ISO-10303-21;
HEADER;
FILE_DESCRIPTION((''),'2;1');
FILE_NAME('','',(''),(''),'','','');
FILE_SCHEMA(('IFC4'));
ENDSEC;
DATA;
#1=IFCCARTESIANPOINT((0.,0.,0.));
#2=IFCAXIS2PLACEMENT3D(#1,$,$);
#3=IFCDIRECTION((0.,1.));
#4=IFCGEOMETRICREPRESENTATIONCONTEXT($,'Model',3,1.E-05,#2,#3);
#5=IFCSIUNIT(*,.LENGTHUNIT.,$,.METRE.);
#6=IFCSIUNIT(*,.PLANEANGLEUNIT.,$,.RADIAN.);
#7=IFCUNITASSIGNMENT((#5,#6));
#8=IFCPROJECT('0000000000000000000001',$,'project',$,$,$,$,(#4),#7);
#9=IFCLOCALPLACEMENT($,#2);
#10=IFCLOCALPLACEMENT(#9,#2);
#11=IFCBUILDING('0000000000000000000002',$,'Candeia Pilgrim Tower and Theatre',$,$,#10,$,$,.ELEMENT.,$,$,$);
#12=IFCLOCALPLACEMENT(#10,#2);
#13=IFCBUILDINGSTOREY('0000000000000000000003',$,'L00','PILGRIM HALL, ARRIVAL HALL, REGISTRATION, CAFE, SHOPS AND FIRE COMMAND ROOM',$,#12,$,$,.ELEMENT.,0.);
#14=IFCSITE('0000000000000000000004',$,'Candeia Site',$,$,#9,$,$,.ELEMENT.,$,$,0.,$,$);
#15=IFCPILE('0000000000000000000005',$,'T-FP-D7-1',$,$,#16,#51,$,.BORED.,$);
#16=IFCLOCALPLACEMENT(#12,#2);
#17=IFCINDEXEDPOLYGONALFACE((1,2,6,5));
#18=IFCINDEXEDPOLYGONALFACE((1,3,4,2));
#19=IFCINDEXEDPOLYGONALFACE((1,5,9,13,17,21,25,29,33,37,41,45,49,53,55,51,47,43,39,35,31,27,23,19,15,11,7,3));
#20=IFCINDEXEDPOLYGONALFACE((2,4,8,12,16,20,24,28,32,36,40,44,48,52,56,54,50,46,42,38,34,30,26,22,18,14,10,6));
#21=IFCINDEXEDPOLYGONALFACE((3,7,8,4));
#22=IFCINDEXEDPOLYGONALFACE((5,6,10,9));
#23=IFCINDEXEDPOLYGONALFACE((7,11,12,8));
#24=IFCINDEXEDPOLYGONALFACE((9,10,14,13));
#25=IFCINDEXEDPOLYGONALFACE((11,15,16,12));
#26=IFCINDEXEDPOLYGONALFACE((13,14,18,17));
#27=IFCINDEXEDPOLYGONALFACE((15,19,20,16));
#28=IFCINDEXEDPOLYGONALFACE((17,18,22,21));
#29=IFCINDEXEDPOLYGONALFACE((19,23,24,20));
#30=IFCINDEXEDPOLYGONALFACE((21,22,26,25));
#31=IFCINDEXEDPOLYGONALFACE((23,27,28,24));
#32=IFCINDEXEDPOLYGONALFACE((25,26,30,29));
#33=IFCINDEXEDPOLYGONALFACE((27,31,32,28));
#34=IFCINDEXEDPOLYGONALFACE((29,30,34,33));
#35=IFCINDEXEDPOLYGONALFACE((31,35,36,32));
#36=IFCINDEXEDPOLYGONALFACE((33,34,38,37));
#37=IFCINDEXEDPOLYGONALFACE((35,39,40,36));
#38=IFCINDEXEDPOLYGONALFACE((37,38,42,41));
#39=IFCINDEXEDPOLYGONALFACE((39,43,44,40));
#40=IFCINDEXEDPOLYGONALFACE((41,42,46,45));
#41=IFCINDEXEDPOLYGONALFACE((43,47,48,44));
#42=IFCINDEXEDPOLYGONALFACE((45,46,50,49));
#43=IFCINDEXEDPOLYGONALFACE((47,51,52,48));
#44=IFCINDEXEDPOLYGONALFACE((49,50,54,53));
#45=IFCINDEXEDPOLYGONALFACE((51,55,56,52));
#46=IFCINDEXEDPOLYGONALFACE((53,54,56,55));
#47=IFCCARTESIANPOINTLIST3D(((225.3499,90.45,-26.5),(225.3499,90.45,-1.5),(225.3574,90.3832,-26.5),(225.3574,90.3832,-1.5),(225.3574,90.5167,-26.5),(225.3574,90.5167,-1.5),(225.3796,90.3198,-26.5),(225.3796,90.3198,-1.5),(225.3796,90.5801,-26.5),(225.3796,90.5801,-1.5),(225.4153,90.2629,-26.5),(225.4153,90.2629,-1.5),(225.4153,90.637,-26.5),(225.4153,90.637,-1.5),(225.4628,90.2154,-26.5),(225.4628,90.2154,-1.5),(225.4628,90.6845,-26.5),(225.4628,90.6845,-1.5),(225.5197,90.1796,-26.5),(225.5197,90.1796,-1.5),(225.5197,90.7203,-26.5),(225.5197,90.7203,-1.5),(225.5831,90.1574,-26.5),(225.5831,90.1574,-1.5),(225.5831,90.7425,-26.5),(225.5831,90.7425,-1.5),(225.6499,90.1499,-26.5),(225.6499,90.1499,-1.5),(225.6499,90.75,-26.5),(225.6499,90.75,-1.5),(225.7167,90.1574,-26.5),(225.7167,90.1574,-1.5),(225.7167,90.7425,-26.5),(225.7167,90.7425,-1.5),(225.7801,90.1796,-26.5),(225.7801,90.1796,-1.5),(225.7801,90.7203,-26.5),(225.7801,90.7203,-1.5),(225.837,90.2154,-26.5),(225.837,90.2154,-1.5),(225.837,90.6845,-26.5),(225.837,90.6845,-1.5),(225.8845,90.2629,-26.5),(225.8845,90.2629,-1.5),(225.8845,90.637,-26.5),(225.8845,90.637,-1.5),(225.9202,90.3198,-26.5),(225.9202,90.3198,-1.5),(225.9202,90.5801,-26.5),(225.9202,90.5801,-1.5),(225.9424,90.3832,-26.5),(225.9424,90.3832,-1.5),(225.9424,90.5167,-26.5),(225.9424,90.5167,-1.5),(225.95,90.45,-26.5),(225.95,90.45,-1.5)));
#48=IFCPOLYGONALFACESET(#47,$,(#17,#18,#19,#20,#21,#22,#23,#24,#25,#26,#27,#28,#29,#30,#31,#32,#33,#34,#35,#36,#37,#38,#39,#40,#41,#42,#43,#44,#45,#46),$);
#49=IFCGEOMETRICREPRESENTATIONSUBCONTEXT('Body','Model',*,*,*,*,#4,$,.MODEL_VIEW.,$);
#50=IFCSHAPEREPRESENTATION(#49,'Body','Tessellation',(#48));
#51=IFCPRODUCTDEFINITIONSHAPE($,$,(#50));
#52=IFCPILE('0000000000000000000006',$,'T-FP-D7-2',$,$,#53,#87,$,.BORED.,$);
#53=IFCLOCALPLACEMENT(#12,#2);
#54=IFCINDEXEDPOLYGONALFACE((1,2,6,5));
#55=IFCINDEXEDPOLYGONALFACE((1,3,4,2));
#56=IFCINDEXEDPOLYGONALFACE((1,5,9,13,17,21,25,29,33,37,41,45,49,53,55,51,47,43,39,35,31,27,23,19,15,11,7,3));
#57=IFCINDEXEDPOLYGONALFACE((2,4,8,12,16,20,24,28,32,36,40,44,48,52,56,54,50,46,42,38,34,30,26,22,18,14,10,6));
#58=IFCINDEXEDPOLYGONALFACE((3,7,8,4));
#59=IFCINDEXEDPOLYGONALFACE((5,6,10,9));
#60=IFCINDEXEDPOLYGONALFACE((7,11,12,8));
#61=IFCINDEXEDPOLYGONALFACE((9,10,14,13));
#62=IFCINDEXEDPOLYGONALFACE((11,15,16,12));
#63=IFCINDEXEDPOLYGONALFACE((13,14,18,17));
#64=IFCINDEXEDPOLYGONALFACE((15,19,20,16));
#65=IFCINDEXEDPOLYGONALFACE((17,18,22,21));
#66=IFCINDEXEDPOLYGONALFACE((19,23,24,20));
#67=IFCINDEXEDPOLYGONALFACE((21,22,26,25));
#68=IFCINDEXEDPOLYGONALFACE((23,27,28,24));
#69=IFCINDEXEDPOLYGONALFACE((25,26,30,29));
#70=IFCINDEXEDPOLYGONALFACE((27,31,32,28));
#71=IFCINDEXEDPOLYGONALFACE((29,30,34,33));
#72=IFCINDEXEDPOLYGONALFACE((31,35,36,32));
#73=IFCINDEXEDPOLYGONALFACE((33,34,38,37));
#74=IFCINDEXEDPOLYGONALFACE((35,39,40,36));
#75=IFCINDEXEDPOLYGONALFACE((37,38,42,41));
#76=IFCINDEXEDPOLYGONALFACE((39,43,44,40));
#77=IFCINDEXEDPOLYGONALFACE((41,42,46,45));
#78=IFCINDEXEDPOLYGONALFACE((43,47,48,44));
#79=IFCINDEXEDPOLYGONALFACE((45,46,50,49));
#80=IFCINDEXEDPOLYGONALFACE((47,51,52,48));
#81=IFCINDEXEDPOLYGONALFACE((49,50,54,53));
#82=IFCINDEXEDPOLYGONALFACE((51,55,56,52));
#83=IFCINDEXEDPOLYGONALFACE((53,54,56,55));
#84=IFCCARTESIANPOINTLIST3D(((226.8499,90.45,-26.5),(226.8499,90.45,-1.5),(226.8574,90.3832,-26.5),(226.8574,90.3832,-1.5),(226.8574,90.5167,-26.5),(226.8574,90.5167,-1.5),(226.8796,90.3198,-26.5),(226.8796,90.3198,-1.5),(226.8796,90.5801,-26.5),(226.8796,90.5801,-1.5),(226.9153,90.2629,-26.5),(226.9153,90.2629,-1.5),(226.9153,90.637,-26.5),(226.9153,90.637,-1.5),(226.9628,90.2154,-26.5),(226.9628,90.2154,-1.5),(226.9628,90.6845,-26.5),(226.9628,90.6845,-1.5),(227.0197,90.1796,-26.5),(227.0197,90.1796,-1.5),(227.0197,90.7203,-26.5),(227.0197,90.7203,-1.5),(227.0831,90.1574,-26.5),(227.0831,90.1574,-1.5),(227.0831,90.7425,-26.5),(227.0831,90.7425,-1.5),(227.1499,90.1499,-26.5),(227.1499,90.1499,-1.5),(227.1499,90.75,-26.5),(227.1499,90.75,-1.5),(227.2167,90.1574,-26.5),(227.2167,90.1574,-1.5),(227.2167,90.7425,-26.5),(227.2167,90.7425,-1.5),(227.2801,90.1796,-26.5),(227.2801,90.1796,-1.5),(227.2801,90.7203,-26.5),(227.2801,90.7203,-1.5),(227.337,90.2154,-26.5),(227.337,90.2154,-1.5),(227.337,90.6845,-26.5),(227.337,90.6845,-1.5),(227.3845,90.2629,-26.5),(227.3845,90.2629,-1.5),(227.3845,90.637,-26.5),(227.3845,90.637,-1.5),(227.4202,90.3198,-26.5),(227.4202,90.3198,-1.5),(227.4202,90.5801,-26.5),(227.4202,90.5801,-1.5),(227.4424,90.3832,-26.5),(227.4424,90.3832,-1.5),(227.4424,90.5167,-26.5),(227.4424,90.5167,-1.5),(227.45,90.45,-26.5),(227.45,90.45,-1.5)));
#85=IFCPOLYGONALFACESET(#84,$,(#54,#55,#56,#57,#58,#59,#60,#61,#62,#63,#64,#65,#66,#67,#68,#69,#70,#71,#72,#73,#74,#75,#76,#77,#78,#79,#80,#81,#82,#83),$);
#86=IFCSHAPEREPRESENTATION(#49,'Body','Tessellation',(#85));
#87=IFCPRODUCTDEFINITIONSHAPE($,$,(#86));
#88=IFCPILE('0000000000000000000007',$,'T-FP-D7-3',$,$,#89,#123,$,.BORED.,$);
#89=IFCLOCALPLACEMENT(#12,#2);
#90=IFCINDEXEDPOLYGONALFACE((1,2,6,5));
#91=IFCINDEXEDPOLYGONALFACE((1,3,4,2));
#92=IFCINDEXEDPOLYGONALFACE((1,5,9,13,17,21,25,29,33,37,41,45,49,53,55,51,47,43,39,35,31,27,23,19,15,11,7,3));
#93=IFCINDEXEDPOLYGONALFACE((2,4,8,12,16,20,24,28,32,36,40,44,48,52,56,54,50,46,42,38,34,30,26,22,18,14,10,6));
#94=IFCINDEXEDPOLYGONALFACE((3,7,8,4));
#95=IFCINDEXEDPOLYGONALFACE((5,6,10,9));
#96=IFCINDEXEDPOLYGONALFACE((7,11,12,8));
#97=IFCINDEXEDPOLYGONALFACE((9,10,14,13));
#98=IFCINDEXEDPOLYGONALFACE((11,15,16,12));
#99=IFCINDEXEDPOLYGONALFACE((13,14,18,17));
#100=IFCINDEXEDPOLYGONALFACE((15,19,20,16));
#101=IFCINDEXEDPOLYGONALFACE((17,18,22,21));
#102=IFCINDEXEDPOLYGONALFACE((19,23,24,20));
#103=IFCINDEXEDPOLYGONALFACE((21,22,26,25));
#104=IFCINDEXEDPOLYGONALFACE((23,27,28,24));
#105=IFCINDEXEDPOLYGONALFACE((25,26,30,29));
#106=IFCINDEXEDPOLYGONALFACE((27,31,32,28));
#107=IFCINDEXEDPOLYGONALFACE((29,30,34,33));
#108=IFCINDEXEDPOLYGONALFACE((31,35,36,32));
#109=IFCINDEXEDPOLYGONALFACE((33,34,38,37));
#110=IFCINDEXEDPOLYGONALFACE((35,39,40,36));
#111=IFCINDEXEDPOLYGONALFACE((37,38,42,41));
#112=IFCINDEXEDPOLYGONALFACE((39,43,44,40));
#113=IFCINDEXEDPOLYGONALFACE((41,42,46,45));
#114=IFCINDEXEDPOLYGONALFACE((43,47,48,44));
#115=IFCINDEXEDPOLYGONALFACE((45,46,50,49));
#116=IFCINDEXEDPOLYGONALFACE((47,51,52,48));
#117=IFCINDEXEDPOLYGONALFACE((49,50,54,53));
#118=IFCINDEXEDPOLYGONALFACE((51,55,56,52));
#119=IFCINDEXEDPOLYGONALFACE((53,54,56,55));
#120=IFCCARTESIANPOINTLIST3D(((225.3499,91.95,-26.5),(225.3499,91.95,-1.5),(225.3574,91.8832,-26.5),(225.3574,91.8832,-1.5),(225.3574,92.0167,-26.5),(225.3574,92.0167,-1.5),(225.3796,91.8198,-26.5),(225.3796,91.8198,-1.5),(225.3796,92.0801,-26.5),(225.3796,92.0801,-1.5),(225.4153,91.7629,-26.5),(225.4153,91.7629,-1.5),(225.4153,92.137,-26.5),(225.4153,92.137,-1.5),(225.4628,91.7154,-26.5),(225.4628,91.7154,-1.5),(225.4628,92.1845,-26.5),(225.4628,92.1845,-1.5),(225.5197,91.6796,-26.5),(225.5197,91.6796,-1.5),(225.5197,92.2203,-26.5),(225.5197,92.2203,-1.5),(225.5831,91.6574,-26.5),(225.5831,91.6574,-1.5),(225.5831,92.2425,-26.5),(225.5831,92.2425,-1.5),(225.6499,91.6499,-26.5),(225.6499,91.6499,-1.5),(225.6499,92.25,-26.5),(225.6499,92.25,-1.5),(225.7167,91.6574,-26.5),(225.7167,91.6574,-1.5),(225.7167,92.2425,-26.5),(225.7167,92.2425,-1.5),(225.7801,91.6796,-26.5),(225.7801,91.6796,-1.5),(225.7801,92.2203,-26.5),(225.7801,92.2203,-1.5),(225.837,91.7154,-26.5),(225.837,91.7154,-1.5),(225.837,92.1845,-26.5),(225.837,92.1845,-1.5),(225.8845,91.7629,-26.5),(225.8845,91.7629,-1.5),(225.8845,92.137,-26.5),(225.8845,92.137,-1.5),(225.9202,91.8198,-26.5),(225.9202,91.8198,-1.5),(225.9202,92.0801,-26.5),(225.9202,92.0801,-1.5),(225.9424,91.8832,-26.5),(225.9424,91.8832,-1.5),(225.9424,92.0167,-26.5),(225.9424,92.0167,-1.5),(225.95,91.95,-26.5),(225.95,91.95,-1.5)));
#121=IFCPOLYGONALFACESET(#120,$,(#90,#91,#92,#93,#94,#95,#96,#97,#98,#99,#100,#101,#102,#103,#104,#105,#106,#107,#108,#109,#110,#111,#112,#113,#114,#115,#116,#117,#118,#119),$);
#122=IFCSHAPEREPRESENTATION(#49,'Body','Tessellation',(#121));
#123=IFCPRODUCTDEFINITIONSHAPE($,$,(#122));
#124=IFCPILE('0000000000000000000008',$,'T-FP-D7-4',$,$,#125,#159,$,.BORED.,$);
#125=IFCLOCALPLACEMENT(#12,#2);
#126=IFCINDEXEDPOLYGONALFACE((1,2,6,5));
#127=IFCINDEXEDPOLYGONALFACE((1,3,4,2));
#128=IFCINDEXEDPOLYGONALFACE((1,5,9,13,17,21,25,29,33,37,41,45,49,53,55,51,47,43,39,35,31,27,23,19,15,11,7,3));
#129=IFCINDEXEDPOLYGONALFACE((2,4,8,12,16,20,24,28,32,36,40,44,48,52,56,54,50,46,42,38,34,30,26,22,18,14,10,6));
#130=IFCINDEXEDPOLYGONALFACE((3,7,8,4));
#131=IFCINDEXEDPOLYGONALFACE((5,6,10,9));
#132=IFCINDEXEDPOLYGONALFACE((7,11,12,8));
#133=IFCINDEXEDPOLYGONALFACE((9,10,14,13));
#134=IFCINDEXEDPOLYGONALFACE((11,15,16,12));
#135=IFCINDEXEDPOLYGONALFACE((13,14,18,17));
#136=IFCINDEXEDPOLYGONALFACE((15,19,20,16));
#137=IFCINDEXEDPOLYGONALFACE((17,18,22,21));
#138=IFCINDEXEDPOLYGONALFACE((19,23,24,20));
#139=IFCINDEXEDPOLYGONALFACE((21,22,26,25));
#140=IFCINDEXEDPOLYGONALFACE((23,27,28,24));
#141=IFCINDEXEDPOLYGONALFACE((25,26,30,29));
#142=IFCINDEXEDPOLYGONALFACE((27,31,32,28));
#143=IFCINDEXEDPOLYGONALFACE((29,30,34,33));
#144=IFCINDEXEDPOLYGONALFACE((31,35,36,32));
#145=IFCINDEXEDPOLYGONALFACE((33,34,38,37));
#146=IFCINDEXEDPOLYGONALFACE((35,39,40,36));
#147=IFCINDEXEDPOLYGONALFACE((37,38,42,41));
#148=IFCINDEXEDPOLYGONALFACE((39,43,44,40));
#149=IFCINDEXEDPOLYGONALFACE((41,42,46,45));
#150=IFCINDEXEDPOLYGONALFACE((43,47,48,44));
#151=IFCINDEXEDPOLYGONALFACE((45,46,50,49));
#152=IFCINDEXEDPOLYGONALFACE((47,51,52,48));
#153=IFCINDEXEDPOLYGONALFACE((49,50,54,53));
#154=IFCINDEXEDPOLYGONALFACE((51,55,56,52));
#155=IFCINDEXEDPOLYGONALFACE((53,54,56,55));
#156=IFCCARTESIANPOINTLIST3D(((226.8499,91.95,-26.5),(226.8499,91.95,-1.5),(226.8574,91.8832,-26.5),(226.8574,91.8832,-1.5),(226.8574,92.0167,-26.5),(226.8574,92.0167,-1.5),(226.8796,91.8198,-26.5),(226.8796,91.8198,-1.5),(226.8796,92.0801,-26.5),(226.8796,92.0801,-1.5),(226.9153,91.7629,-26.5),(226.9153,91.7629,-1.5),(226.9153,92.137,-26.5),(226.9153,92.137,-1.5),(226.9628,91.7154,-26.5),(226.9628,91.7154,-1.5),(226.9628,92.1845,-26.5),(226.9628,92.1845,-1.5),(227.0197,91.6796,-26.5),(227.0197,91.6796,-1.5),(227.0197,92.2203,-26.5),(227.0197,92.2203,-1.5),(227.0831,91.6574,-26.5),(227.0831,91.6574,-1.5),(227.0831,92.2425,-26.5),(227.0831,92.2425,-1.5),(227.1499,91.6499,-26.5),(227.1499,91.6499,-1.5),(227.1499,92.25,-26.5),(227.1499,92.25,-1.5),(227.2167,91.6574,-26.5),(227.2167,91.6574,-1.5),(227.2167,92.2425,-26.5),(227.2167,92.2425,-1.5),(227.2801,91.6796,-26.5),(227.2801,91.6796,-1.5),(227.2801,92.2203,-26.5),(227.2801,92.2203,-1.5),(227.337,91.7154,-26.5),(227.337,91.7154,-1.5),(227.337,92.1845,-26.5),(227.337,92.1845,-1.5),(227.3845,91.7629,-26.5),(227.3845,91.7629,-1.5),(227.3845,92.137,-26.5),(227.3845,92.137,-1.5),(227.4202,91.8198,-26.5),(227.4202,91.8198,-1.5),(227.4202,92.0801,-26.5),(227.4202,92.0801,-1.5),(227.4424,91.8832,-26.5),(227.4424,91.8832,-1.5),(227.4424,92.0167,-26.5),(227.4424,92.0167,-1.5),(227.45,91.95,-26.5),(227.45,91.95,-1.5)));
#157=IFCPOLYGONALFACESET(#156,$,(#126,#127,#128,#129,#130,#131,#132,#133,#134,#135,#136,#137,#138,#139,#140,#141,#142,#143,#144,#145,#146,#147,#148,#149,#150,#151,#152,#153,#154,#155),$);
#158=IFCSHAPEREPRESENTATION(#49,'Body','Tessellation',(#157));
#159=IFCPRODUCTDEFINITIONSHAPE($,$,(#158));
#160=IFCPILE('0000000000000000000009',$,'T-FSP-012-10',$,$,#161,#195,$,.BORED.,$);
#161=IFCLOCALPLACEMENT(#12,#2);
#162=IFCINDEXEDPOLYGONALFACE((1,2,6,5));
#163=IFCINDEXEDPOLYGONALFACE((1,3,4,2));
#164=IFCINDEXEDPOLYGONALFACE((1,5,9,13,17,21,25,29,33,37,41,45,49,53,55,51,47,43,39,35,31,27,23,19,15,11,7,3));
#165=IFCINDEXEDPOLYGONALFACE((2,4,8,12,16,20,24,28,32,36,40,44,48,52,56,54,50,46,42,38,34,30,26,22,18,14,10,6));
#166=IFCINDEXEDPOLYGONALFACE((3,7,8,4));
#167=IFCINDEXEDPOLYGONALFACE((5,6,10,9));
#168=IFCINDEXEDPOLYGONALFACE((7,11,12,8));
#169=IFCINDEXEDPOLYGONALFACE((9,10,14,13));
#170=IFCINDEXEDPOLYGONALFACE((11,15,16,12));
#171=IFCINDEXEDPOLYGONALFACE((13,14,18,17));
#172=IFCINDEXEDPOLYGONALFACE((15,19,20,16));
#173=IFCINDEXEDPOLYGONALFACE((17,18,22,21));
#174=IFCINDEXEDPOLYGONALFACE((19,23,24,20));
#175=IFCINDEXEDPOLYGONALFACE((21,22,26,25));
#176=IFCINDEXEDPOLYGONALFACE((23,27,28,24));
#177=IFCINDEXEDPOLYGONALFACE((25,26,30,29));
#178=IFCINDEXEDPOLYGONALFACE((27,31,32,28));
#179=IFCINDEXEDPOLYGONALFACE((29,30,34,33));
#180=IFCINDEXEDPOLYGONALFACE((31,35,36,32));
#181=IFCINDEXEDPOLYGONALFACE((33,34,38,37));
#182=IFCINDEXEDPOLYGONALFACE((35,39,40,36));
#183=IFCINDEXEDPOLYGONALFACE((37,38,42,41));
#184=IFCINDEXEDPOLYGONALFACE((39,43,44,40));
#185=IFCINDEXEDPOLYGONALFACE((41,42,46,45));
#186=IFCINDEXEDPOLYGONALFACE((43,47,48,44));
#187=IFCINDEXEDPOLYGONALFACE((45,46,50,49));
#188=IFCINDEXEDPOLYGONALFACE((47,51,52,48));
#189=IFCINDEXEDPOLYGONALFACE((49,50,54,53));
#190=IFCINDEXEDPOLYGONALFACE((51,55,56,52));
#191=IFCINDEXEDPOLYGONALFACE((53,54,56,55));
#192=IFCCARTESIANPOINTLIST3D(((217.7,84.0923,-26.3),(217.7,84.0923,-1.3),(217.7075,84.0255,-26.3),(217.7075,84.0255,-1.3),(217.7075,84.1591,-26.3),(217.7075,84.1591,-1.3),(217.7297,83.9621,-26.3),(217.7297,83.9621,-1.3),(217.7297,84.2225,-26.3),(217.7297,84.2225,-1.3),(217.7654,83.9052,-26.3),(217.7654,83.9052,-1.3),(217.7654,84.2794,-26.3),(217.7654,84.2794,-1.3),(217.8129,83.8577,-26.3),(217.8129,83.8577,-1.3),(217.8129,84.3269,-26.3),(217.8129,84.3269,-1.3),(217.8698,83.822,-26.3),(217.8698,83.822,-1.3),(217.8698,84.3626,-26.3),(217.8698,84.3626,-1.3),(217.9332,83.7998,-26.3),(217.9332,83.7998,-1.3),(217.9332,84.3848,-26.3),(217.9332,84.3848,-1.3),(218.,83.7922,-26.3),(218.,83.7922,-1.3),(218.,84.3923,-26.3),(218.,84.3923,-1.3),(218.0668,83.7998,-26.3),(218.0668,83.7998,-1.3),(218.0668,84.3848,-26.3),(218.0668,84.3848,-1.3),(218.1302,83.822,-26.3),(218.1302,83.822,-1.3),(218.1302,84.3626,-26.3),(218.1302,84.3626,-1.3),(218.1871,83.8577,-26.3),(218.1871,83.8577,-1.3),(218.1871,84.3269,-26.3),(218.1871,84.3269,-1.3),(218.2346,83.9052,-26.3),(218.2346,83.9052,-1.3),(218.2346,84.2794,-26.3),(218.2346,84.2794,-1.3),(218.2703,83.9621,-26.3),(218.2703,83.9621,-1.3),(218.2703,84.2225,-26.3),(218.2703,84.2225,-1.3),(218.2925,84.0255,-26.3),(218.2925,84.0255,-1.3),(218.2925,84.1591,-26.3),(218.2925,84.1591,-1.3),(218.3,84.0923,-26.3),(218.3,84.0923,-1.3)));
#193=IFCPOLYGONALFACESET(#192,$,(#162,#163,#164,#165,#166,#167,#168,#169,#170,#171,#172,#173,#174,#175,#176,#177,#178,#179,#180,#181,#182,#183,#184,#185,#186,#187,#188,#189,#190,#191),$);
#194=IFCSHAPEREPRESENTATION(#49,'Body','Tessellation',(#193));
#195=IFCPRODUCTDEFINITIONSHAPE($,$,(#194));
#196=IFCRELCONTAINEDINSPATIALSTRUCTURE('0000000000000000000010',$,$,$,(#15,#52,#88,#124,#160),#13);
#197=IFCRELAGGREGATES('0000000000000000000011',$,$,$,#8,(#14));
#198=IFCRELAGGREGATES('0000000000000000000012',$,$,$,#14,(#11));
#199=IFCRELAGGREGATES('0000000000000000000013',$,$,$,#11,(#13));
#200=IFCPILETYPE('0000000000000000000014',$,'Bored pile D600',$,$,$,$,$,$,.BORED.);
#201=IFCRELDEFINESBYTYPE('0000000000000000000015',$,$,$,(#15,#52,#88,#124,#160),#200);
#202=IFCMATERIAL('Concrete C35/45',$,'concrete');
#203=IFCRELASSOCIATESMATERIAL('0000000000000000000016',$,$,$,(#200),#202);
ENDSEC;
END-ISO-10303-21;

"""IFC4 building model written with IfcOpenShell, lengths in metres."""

from ifc_helpers import new_model, si_unit, direction, frame, origin, origin_2d, place, context, subcontext, project, spatial, circle, extrude, material, type_object, element, save


model = new_model("IFC4")

# Units and contexts
model_context = context("Model", 3, precision=1e-05, world=origin(), true_north=direction((0.0, 1.0)))
body_context = subcontext(model_context, "Body", "Model", "MODEL_VIEW")
ifc_project = project(units=[si_unit("LENGTHUNIT", "METRE"), si_unit("PLANEANGLEUNIT", "RADIAN")], contexts=[model_context])

# Site, building, storey
site_placement = place(None, origin())
site = spatial("IfcSite", under=ifc_project, at=site_placement, Name="Candeia Site", CompositionType="ELEMENT", RefElevation=0.0)
building_placement = place(site_placement, origin())
building = spatial("IfcBuilding", under=site, at=building_placement, Name="Candeia Pilgrim Tower and Theatre", CompositionType="ELEMENT")
storey_placement = place(building_placement, origin())
storey = spatial("IfcBuildingStorey", under=building, at=storey_placement, Name="L00", Description="PILGRIM HALL, ARRIVAL HALL, REGISTRATION, CAFE, SHOPS AND FIRE COMMAND ROOM", CompositionType="ELEMENT", Elevation=0.0)

# Piles
ifc_material_1 = material(Name="Concrete C35/45", Category="concrete")
pile_type = type_object("IfcPileType", Name="Bored pile D600", PredefinedType="BORED", material=ifc_material_1)
for number, where, z_axis, x_axis, name in (
    (1, (225.6499, 90.45, -1.5), (0.0, 0.0, -1.0), (1.0, 0.0, 0.0), "T-FP-D7-1"),
    (2, (227.1499, 90.45, -1.5), (0.0, 0.0, -1.0), (1.0, 0.0, 0.0), "T-FP-D7-2"),
    (3, (225.6499, 91.95, -1.5), (0.0, 0.0, -1.0), (1.0, 0.0, 0.0), "T-FP-D7-3"),
    (4, (227.1499, 91.95, -1.5), (0.0, 0.0, -1.0), (1.0, 0.0, 0.0), "T-FP-D7-4"),
    (5, (218.0, 84.0923, -1.3), (0.0, 0.0, -1.0), (1.0, 0.0, 0.0), "T-FSP-012-10"),
):
    element("IfcPile", number, at=place(storey_placement, frame(where, z_axis=z_axis, x_axis=x_axis)), inside=storey, type_object=pile_type, Name=name, PredefinedType="BORED", context=body_context, shape_type="SweptSolid", body=[
        extrude(circle(Radius=0.3, at=origin_2d()), origin(), (0.0, 0.0, 1.0), 25.0),
    ])

save(model, "model.ifc")
